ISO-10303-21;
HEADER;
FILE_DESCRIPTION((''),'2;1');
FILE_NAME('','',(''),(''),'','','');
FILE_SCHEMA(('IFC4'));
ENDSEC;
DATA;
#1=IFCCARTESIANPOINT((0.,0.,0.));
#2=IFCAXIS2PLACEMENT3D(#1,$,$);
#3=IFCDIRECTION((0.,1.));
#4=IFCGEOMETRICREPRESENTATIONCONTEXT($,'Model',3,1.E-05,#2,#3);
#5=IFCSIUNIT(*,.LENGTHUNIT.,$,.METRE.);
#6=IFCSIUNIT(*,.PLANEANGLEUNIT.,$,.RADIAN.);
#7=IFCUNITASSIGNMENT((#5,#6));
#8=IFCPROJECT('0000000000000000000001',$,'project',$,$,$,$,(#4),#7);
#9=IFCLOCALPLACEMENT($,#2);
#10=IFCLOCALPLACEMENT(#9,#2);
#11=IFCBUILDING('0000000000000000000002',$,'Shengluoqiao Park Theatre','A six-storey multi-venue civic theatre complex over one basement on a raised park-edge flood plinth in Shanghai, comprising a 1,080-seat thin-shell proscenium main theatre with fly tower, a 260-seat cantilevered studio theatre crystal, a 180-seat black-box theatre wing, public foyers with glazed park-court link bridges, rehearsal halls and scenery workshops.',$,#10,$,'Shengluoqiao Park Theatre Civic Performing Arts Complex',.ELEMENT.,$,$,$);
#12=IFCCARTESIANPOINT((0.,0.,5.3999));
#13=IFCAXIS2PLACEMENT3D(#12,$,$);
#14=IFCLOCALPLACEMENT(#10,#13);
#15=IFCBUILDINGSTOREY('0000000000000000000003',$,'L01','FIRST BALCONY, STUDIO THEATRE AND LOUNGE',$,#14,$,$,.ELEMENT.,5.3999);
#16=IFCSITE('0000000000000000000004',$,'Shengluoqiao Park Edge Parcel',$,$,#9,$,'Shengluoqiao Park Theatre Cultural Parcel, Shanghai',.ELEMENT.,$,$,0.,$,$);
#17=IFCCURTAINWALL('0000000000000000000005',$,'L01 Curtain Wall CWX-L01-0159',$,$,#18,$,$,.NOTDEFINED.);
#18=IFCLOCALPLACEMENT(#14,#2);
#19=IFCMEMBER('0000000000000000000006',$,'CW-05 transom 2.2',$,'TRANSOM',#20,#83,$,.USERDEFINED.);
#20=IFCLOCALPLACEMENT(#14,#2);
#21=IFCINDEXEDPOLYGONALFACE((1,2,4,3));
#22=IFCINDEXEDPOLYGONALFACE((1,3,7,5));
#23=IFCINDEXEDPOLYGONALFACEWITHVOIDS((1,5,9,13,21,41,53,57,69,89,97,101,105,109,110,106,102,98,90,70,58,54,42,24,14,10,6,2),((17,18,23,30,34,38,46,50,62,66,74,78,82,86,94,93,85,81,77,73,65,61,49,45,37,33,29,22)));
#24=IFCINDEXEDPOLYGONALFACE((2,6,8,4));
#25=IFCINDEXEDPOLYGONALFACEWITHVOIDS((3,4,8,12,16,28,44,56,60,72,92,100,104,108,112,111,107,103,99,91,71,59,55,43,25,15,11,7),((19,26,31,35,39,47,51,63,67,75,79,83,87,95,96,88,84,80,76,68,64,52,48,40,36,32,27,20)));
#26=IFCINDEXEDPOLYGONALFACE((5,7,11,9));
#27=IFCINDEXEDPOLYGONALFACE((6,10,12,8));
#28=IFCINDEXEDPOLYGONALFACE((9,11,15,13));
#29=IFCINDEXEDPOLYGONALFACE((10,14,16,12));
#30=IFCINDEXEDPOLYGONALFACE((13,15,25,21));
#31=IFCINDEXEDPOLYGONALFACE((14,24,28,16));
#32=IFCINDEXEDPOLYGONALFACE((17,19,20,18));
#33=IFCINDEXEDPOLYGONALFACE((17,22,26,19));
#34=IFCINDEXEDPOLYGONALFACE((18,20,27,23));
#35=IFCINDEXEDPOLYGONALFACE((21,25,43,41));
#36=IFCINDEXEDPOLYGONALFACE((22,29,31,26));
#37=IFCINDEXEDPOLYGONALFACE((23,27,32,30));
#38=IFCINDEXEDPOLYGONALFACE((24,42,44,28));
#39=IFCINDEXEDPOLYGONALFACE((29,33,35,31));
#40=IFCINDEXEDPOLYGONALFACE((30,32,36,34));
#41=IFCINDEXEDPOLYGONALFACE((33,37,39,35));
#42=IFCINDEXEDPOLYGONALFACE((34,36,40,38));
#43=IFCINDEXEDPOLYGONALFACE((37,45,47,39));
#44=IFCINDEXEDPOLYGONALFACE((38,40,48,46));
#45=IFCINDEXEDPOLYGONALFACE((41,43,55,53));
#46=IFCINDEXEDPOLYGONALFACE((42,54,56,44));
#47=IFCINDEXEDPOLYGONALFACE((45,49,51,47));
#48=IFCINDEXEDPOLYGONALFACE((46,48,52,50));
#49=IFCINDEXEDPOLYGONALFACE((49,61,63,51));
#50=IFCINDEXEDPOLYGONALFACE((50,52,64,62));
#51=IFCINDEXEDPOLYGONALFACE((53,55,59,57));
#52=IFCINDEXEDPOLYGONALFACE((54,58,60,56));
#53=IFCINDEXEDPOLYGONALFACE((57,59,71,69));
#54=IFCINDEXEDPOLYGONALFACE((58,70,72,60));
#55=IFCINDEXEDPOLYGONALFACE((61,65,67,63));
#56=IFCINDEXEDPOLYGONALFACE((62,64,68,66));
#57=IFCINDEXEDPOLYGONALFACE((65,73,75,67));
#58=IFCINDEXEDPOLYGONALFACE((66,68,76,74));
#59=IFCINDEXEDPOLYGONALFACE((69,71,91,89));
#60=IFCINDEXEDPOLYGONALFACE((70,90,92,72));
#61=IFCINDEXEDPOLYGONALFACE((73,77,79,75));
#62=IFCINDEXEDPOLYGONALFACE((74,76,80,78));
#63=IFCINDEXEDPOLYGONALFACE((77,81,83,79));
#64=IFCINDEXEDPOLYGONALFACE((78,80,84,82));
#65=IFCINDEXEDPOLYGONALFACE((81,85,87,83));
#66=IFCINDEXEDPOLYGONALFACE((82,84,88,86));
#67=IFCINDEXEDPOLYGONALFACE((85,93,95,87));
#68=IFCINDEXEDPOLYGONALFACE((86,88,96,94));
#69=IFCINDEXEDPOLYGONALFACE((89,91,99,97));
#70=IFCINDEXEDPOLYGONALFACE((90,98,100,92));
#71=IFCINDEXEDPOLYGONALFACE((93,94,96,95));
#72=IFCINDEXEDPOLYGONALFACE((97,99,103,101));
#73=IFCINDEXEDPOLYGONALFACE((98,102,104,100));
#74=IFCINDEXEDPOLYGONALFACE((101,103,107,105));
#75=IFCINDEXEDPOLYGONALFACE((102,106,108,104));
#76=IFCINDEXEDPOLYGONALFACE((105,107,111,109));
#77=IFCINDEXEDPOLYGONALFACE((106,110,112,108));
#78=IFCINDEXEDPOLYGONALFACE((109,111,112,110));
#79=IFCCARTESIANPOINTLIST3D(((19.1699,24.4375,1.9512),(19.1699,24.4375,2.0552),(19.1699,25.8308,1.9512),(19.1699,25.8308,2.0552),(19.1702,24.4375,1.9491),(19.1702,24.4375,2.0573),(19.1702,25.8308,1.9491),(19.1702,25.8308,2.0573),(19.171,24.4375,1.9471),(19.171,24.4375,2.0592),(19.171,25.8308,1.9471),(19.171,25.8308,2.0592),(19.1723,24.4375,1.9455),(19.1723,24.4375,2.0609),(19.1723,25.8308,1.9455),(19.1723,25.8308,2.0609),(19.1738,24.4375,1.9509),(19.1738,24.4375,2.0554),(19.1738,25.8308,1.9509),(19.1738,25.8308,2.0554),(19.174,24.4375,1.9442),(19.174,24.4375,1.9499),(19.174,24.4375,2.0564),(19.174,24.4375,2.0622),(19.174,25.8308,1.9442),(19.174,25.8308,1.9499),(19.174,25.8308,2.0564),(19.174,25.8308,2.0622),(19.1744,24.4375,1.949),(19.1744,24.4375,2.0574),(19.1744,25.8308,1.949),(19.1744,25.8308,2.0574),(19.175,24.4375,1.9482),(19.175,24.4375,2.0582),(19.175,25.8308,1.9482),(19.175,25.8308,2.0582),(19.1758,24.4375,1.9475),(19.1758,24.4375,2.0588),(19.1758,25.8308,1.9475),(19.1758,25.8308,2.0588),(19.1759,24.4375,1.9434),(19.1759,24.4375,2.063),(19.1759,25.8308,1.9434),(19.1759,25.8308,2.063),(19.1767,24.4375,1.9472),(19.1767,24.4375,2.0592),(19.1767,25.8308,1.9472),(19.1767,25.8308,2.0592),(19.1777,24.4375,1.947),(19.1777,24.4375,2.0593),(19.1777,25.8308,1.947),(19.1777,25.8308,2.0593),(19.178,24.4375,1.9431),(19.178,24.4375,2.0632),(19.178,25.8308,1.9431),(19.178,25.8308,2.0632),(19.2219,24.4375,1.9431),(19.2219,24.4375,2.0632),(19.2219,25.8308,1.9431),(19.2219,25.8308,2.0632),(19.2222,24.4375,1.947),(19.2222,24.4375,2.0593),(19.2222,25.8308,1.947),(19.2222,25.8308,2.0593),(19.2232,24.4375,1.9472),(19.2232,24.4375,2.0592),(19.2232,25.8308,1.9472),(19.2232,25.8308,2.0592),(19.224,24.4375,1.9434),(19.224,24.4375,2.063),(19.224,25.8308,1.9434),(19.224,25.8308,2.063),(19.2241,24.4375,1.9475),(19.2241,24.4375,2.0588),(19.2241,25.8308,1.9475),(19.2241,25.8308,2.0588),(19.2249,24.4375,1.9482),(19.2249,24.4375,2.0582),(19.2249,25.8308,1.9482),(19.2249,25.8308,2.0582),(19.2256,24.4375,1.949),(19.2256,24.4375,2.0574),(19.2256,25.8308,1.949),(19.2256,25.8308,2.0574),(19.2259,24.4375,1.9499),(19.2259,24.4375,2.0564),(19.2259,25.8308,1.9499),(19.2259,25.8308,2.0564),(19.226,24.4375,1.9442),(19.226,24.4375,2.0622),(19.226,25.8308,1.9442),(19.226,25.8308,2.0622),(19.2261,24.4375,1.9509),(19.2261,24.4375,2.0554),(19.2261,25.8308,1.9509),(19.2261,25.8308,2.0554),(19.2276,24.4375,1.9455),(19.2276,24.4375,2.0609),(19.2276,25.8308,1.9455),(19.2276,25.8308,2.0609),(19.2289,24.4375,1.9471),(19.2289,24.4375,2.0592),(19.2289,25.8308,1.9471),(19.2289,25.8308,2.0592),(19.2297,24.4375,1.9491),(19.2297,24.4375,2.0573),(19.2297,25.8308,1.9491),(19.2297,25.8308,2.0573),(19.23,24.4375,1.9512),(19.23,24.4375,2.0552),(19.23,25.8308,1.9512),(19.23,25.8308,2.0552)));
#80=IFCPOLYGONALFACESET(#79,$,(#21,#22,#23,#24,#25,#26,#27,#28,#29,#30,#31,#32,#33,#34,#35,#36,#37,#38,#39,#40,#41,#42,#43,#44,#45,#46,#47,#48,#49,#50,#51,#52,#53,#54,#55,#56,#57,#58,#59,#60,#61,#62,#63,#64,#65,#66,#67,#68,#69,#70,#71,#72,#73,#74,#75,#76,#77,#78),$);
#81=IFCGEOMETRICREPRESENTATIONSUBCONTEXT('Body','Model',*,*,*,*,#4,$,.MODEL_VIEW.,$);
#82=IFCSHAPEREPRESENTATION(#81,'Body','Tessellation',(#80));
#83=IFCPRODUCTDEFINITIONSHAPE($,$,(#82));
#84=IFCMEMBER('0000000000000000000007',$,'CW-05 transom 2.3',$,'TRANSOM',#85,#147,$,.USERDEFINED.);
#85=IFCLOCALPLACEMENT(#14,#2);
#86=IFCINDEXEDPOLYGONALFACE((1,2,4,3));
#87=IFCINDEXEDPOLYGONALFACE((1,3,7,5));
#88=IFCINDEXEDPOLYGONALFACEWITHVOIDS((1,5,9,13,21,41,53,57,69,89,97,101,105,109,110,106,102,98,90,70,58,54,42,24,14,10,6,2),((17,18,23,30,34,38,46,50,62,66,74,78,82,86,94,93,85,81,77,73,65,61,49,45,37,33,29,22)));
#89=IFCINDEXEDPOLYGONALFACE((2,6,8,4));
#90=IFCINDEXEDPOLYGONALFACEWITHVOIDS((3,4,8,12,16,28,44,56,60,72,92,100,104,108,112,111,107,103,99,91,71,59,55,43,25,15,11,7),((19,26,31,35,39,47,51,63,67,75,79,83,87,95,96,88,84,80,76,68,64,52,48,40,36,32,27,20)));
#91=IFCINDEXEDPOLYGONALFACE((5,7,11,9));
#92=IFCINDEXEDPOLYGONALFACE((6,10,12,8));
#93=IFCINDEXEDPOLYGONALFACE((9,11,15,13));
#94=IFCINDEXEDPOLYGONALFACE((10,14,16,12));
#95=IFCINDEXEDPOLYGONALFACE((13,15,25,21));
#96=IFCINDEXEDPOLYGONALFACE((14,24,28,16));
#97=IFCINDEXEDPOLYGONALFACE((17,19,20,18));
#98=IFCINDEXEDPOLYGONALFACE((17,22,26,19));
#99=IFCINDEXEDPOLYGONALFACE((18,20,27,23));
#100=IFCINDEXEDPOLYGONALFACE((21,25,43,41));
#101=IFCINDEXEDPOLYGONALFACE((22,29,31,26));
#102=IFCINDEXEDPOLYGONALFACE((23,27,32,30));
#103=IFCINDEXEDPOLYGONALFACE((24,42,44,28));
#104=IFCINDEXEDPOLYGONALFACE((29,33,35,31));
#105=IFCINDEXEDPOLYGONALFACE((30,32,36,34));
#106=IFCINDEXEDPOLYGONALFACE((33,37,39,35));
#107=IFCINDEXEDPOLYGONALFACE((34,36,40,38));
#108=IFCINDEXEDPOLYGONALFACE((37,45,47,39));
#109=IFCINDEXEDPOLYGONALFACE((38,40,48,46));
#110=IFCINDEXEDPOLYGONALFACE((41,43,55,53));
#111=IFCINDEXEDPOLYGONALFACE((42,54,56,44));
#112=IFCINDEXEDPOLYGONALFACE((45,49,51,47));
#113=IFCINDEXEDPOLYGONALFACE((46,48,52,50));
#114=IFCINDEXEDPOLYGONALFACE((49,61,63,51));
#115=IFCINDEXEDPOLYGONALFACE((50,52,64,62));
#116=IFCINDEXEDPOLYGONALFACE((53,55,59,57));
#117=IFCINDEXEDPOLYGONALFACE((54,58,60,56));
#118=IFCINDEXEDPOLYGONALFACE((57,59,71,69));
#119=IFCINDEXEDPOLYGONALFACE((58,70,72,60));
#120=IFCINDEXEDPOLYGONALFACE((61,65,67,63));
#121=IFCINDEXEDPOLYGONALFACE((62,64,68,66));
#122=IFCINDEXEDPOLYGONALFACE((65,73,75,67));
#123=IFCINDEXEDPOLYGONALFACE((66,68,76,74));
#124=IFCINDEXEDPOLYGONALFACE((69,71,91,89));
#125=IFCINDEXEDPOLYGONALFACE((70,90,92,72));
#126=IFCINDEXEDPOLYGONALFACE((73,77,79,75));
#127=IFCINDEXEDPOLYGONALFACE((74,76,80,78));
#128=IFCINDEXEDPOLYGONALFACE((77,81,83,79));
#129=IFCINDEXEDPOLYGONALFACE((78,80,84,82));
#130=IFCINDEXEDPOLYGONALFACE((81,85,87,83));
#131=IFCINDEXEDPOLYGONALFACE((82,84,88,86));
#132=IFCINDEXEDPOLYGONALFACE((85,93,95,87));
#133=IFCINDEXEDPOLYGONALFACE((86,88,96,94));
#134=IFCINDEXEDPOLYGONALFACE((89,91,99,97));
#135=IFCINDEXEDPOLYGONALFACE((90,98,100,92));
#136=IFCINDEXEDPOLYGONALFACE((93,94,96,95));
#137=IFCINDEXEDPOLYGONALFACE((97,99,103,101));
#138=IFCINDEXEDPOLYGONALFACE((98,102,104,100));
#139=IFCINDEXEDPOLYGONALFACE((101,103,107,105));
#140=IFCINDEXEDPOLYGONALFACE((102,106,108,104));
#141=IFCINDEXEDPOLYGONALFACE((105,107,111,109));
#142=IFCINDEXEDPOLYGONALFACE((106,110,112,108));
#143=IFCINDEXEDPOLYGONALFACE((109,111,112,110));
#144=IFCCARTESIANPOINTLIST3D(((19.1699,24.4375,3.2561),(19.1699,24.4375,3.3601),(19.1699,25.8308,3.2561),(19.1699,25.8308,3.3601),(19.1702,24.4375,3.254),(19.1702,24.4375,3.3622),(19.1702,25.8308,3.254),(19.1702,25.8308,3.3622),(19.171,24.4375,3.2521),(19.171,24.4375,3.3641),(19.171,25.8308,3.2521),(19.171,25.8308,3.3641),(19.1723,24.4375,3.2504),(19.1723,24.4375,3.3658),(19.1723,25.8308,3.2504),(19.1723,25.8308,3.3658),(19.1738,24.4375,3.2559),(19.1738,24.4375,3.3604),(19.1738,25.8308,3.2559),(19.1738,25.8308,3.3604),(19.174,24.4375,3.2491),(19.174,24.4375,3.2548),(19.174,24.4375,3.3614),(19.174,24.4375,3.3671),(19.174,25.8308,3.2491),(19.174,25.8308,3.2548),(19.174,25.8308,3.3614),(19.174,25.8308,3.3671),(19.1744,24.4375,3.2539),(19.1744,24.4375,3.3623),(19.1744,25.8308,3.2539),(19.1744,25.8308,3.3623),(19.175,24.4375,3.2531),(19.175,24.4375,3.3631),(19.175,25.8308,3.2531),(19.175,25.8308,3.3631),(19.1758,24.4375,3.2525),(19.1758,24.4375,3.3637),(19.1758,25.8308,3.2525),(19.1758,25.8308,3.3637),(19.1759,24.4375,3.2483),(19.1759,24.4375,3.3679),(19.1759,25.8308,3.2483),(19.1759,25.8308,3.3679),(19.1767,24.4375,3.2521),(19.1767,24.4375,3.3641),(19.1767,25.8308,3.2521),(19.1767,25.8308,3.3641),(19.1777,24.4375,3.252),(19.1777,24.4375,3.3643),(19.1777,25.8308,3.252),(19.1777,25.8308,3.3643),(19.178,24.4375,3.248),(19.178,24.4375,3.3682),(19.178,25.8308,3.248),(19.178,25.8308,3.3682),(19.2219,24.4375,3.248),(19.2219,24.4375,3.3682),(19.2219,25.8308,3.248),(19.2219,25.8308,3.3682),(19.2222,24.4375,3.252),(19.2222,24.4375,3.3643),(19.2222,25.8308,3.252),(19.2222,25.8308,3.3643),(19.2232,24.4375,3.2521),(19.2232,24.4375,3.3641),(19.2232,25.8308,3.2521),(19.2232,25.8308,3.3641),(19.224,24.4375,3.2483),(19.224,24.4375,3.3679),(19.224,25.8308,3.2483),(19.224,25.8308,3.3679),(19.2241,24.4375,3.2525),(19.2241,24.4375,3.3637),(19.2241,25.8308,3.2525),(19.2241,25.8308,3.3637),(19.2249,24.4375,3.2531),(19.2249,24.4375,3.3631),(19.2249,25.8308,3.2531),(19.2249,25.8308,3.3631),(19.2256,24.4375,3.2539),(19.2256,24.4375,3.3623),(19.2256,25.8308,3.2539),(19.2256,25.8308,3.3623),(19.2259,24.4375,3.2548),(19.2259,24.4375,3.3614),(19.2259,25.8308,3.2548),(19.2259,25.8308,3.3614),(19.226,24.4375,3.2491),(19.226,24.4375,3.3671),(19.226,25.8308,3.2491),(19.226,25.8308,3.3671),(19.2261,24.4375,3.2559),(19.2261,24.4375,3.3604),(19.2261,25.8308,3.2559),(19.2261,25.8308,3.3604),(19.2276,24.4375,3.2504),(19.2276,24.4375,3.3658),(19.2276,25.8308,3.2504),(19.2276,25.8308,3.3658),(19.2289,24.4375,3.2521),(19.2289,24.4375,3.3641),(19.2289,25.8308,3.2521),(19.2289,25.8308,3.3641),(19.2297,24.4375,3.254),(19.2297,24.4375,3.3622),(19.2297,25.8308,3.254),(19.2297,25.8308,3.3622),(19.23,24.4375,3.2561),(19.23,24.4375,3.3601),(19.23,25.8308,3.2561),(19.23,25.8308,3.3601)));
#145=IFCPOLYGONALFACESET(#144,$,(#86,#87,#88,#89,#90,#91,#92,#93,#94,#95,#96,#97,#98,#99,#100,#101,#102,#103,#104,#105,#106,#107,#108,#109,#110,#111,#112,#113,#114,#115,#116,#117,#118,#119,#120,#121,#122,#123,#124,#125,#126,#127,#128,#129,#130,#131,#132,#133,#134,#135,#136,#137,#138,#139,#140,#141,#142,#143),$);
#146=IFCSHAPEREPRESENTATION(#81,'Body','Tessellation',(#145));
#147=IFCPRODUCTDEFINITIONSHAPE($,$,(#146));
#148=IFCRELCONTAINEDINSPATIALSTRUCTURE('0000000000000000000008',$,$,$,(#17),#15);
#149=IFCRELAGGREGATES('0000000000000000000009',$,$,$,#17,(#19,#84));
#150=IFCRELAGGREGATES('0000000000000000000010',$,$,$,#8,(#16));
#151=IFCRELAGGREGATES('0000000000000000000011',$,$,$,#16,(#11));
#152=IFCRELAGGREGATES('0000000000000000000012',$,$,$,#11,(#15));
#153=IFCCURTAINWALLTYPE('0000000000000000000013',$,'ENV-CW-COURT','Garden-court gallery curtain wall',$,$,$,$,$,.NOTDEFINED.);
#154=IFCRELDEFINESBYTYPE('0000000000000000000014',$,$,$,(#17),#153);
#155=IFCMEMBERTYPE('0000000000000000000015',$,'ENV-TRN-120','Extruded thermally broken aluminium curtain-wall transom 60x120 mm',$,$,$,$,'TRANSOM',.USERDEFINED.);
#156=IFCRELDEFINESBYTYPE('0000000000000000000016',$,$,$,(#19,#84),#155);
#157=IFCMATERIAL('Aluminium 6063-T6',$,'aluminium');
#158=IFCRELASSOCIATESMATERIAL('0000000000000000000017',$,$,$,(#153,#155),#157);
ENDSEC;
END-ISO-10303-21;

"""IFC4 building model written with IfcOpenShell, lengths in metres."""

from ifc_helpers import new_model, si_unit, direction, frame, origin, origin_2d, place, context, subcontext, project, spatial, hollow_rectangle, extrude, material, material_profile, profile_set, type_object, element, aggregate, save


model = new_model("IFC4")

# Units and contexts
model_context = context("Model", 3, precision=1e-05, world=origin(), true_north=direction((0.0, 1.0)))
body_context = subcontext(model_context, "Body", "Model", "MODEL_VIEW")
ifc_project = project(units=[si_unit("LENGTHUNIT", "METRE"), si_unit("PLANEANGLEUNIT", "RADIAN")], contexts=[model_context])

# Site, building, storey
site_placement = place(None, origin())
site = spatial("IfcSite", under=ifc_project, at=site_placement, Name="Shengluoqiao Park Edge Parcel", LongName="Shengluoqiao Park Theatre Cultural Parcel, Shanghai", CompositionType="ELEMENT", RefElevation=0.0)
building_placement = place(site_placement, origin())
building = spatial("IfcBuilding", under=site, at=building_placement, Name="Shengluoqiao Park Theatre", Description="A six-storey multi-venue civic theatre complex over one basement on a raised park-edge flood plinth in Shanghai, comprising a 1,080-seat thin-shell proscenium main theatre with fly tower, a 260-seat cantilevered studio theatre crystal, a 180-seat black-box theatre wing, public foyers with glazed park-court link bridges, rehearsal halls and scenery workshops.", LongName="Shengluoqiao Park Theatre Civic Performing Arts Complex", CompositionType="ELEMENT")
storey_placement = place(building_placement, frame((0.0, 0.0, 5.3999)))
storey = spatial("IfcBuildingStorey", under=building, at=storey_placement, Name="L01", Description="FIRST BALCONY, STUDIO THEATRE AND LOUNGE", CompositionType="ELEMENT", Elevation=5.3999)

# Shared definitions
ifc_material_1 = material(Name="Aluminium 6063-T6", Category="aluminium")

# Curtain wall, members
curtain_wall_type_1 = type_object("IfcCurtainWallType", Name="ENV-CW-COURT", Description="Garden-court gallery curtain wall", PredefinedType="NOTDEFINED", material=ifc_material_1)
curtain_wall_1_placement = place(storey_placement, origin())
curtain_wall_1 = element("IfcCurtainWall", 1, at=curtain_wall_1_placement, inside=storey, type_object=curtain_wall_type_1, Name="L01 Curtain Wall CWX-L01-0159", PredefinedType="NOTDEFINED")
ifc_material_profile_1 = material_profile(ifc_material_1, hollow_rectangle(XDim=0.0601, YDim=0.1201, WallThickness=0.0039, InnerFilletRadius=0.0039, OuterFilletRadius=0.0081, at=origin_2d()), Name="ALU TRANSOM 120x60x4")
ifc_profile_set_1 = profile_set([ifc_material_profile_1], Name="Aluminium 6063-T6")
member_type_1 = type_object("IfcMemberType", Name="ENV-TRN-120", Description="Extruded thermally broken aluminium curtain-wall transom 60x120 mm", ElementType="TRANSOM", PredefinedType="USERDEFINED", material=ifc_profile_set_1)
member_1_placement = place(storey_placement, frame((19.2, 24.4375, 2.0032), z_axis=(0.0, 1.0, 0.0), x_axis=(-1.0, 0.0, 0.0)))
member_1 = element("IfcMember", 2, at=member_1_placement, type_object=member_type_1, Name="CW-05 transom 2.2", ObjectType="TRANSOM", PredefinedType="USERDEFINED", context=body_context, shape_type="SweptSolid", body=[
    extrude(hollow_rectangle(XDim=0.0601, YDim=0.1201, WallThickness=0.0039, InnerFilletRadius=0.0039, OuterFilletRadius=0.0081, at=origin_2d()), origin(), (0.0, 0.0, 1.0), 1.3933),
])
member_2_placement = place(storey_placement, frame((19.2, 24.4375, 3.3081), z_axis=(0.0, 1.0, 0.0), x_axis=(-1.0, 0.0, 0.0)))
member_2 = element("IfcMember", 3, at=member_2_placement, type_object=member_type_1, Name="CW-05 transom 2.3", ObjectType="TRANSOM", PredefinedType="USERDEFINED", context=body_context, shape_type="SweptSolid", body=[
    extrude(hollow_rectangle(XDim=0.0601, YDim=0.1201, WallThickness=0.0039, InnerFilletRadius=0.0039, OuterFilletRadius=0.0081, at=origin_2d()), origin(), (0.0, 0.0, 1.0), 1.3933),
])

aggregate(curtain_wall_1, [member_1, member_2])

save(model, "model.ifc")
